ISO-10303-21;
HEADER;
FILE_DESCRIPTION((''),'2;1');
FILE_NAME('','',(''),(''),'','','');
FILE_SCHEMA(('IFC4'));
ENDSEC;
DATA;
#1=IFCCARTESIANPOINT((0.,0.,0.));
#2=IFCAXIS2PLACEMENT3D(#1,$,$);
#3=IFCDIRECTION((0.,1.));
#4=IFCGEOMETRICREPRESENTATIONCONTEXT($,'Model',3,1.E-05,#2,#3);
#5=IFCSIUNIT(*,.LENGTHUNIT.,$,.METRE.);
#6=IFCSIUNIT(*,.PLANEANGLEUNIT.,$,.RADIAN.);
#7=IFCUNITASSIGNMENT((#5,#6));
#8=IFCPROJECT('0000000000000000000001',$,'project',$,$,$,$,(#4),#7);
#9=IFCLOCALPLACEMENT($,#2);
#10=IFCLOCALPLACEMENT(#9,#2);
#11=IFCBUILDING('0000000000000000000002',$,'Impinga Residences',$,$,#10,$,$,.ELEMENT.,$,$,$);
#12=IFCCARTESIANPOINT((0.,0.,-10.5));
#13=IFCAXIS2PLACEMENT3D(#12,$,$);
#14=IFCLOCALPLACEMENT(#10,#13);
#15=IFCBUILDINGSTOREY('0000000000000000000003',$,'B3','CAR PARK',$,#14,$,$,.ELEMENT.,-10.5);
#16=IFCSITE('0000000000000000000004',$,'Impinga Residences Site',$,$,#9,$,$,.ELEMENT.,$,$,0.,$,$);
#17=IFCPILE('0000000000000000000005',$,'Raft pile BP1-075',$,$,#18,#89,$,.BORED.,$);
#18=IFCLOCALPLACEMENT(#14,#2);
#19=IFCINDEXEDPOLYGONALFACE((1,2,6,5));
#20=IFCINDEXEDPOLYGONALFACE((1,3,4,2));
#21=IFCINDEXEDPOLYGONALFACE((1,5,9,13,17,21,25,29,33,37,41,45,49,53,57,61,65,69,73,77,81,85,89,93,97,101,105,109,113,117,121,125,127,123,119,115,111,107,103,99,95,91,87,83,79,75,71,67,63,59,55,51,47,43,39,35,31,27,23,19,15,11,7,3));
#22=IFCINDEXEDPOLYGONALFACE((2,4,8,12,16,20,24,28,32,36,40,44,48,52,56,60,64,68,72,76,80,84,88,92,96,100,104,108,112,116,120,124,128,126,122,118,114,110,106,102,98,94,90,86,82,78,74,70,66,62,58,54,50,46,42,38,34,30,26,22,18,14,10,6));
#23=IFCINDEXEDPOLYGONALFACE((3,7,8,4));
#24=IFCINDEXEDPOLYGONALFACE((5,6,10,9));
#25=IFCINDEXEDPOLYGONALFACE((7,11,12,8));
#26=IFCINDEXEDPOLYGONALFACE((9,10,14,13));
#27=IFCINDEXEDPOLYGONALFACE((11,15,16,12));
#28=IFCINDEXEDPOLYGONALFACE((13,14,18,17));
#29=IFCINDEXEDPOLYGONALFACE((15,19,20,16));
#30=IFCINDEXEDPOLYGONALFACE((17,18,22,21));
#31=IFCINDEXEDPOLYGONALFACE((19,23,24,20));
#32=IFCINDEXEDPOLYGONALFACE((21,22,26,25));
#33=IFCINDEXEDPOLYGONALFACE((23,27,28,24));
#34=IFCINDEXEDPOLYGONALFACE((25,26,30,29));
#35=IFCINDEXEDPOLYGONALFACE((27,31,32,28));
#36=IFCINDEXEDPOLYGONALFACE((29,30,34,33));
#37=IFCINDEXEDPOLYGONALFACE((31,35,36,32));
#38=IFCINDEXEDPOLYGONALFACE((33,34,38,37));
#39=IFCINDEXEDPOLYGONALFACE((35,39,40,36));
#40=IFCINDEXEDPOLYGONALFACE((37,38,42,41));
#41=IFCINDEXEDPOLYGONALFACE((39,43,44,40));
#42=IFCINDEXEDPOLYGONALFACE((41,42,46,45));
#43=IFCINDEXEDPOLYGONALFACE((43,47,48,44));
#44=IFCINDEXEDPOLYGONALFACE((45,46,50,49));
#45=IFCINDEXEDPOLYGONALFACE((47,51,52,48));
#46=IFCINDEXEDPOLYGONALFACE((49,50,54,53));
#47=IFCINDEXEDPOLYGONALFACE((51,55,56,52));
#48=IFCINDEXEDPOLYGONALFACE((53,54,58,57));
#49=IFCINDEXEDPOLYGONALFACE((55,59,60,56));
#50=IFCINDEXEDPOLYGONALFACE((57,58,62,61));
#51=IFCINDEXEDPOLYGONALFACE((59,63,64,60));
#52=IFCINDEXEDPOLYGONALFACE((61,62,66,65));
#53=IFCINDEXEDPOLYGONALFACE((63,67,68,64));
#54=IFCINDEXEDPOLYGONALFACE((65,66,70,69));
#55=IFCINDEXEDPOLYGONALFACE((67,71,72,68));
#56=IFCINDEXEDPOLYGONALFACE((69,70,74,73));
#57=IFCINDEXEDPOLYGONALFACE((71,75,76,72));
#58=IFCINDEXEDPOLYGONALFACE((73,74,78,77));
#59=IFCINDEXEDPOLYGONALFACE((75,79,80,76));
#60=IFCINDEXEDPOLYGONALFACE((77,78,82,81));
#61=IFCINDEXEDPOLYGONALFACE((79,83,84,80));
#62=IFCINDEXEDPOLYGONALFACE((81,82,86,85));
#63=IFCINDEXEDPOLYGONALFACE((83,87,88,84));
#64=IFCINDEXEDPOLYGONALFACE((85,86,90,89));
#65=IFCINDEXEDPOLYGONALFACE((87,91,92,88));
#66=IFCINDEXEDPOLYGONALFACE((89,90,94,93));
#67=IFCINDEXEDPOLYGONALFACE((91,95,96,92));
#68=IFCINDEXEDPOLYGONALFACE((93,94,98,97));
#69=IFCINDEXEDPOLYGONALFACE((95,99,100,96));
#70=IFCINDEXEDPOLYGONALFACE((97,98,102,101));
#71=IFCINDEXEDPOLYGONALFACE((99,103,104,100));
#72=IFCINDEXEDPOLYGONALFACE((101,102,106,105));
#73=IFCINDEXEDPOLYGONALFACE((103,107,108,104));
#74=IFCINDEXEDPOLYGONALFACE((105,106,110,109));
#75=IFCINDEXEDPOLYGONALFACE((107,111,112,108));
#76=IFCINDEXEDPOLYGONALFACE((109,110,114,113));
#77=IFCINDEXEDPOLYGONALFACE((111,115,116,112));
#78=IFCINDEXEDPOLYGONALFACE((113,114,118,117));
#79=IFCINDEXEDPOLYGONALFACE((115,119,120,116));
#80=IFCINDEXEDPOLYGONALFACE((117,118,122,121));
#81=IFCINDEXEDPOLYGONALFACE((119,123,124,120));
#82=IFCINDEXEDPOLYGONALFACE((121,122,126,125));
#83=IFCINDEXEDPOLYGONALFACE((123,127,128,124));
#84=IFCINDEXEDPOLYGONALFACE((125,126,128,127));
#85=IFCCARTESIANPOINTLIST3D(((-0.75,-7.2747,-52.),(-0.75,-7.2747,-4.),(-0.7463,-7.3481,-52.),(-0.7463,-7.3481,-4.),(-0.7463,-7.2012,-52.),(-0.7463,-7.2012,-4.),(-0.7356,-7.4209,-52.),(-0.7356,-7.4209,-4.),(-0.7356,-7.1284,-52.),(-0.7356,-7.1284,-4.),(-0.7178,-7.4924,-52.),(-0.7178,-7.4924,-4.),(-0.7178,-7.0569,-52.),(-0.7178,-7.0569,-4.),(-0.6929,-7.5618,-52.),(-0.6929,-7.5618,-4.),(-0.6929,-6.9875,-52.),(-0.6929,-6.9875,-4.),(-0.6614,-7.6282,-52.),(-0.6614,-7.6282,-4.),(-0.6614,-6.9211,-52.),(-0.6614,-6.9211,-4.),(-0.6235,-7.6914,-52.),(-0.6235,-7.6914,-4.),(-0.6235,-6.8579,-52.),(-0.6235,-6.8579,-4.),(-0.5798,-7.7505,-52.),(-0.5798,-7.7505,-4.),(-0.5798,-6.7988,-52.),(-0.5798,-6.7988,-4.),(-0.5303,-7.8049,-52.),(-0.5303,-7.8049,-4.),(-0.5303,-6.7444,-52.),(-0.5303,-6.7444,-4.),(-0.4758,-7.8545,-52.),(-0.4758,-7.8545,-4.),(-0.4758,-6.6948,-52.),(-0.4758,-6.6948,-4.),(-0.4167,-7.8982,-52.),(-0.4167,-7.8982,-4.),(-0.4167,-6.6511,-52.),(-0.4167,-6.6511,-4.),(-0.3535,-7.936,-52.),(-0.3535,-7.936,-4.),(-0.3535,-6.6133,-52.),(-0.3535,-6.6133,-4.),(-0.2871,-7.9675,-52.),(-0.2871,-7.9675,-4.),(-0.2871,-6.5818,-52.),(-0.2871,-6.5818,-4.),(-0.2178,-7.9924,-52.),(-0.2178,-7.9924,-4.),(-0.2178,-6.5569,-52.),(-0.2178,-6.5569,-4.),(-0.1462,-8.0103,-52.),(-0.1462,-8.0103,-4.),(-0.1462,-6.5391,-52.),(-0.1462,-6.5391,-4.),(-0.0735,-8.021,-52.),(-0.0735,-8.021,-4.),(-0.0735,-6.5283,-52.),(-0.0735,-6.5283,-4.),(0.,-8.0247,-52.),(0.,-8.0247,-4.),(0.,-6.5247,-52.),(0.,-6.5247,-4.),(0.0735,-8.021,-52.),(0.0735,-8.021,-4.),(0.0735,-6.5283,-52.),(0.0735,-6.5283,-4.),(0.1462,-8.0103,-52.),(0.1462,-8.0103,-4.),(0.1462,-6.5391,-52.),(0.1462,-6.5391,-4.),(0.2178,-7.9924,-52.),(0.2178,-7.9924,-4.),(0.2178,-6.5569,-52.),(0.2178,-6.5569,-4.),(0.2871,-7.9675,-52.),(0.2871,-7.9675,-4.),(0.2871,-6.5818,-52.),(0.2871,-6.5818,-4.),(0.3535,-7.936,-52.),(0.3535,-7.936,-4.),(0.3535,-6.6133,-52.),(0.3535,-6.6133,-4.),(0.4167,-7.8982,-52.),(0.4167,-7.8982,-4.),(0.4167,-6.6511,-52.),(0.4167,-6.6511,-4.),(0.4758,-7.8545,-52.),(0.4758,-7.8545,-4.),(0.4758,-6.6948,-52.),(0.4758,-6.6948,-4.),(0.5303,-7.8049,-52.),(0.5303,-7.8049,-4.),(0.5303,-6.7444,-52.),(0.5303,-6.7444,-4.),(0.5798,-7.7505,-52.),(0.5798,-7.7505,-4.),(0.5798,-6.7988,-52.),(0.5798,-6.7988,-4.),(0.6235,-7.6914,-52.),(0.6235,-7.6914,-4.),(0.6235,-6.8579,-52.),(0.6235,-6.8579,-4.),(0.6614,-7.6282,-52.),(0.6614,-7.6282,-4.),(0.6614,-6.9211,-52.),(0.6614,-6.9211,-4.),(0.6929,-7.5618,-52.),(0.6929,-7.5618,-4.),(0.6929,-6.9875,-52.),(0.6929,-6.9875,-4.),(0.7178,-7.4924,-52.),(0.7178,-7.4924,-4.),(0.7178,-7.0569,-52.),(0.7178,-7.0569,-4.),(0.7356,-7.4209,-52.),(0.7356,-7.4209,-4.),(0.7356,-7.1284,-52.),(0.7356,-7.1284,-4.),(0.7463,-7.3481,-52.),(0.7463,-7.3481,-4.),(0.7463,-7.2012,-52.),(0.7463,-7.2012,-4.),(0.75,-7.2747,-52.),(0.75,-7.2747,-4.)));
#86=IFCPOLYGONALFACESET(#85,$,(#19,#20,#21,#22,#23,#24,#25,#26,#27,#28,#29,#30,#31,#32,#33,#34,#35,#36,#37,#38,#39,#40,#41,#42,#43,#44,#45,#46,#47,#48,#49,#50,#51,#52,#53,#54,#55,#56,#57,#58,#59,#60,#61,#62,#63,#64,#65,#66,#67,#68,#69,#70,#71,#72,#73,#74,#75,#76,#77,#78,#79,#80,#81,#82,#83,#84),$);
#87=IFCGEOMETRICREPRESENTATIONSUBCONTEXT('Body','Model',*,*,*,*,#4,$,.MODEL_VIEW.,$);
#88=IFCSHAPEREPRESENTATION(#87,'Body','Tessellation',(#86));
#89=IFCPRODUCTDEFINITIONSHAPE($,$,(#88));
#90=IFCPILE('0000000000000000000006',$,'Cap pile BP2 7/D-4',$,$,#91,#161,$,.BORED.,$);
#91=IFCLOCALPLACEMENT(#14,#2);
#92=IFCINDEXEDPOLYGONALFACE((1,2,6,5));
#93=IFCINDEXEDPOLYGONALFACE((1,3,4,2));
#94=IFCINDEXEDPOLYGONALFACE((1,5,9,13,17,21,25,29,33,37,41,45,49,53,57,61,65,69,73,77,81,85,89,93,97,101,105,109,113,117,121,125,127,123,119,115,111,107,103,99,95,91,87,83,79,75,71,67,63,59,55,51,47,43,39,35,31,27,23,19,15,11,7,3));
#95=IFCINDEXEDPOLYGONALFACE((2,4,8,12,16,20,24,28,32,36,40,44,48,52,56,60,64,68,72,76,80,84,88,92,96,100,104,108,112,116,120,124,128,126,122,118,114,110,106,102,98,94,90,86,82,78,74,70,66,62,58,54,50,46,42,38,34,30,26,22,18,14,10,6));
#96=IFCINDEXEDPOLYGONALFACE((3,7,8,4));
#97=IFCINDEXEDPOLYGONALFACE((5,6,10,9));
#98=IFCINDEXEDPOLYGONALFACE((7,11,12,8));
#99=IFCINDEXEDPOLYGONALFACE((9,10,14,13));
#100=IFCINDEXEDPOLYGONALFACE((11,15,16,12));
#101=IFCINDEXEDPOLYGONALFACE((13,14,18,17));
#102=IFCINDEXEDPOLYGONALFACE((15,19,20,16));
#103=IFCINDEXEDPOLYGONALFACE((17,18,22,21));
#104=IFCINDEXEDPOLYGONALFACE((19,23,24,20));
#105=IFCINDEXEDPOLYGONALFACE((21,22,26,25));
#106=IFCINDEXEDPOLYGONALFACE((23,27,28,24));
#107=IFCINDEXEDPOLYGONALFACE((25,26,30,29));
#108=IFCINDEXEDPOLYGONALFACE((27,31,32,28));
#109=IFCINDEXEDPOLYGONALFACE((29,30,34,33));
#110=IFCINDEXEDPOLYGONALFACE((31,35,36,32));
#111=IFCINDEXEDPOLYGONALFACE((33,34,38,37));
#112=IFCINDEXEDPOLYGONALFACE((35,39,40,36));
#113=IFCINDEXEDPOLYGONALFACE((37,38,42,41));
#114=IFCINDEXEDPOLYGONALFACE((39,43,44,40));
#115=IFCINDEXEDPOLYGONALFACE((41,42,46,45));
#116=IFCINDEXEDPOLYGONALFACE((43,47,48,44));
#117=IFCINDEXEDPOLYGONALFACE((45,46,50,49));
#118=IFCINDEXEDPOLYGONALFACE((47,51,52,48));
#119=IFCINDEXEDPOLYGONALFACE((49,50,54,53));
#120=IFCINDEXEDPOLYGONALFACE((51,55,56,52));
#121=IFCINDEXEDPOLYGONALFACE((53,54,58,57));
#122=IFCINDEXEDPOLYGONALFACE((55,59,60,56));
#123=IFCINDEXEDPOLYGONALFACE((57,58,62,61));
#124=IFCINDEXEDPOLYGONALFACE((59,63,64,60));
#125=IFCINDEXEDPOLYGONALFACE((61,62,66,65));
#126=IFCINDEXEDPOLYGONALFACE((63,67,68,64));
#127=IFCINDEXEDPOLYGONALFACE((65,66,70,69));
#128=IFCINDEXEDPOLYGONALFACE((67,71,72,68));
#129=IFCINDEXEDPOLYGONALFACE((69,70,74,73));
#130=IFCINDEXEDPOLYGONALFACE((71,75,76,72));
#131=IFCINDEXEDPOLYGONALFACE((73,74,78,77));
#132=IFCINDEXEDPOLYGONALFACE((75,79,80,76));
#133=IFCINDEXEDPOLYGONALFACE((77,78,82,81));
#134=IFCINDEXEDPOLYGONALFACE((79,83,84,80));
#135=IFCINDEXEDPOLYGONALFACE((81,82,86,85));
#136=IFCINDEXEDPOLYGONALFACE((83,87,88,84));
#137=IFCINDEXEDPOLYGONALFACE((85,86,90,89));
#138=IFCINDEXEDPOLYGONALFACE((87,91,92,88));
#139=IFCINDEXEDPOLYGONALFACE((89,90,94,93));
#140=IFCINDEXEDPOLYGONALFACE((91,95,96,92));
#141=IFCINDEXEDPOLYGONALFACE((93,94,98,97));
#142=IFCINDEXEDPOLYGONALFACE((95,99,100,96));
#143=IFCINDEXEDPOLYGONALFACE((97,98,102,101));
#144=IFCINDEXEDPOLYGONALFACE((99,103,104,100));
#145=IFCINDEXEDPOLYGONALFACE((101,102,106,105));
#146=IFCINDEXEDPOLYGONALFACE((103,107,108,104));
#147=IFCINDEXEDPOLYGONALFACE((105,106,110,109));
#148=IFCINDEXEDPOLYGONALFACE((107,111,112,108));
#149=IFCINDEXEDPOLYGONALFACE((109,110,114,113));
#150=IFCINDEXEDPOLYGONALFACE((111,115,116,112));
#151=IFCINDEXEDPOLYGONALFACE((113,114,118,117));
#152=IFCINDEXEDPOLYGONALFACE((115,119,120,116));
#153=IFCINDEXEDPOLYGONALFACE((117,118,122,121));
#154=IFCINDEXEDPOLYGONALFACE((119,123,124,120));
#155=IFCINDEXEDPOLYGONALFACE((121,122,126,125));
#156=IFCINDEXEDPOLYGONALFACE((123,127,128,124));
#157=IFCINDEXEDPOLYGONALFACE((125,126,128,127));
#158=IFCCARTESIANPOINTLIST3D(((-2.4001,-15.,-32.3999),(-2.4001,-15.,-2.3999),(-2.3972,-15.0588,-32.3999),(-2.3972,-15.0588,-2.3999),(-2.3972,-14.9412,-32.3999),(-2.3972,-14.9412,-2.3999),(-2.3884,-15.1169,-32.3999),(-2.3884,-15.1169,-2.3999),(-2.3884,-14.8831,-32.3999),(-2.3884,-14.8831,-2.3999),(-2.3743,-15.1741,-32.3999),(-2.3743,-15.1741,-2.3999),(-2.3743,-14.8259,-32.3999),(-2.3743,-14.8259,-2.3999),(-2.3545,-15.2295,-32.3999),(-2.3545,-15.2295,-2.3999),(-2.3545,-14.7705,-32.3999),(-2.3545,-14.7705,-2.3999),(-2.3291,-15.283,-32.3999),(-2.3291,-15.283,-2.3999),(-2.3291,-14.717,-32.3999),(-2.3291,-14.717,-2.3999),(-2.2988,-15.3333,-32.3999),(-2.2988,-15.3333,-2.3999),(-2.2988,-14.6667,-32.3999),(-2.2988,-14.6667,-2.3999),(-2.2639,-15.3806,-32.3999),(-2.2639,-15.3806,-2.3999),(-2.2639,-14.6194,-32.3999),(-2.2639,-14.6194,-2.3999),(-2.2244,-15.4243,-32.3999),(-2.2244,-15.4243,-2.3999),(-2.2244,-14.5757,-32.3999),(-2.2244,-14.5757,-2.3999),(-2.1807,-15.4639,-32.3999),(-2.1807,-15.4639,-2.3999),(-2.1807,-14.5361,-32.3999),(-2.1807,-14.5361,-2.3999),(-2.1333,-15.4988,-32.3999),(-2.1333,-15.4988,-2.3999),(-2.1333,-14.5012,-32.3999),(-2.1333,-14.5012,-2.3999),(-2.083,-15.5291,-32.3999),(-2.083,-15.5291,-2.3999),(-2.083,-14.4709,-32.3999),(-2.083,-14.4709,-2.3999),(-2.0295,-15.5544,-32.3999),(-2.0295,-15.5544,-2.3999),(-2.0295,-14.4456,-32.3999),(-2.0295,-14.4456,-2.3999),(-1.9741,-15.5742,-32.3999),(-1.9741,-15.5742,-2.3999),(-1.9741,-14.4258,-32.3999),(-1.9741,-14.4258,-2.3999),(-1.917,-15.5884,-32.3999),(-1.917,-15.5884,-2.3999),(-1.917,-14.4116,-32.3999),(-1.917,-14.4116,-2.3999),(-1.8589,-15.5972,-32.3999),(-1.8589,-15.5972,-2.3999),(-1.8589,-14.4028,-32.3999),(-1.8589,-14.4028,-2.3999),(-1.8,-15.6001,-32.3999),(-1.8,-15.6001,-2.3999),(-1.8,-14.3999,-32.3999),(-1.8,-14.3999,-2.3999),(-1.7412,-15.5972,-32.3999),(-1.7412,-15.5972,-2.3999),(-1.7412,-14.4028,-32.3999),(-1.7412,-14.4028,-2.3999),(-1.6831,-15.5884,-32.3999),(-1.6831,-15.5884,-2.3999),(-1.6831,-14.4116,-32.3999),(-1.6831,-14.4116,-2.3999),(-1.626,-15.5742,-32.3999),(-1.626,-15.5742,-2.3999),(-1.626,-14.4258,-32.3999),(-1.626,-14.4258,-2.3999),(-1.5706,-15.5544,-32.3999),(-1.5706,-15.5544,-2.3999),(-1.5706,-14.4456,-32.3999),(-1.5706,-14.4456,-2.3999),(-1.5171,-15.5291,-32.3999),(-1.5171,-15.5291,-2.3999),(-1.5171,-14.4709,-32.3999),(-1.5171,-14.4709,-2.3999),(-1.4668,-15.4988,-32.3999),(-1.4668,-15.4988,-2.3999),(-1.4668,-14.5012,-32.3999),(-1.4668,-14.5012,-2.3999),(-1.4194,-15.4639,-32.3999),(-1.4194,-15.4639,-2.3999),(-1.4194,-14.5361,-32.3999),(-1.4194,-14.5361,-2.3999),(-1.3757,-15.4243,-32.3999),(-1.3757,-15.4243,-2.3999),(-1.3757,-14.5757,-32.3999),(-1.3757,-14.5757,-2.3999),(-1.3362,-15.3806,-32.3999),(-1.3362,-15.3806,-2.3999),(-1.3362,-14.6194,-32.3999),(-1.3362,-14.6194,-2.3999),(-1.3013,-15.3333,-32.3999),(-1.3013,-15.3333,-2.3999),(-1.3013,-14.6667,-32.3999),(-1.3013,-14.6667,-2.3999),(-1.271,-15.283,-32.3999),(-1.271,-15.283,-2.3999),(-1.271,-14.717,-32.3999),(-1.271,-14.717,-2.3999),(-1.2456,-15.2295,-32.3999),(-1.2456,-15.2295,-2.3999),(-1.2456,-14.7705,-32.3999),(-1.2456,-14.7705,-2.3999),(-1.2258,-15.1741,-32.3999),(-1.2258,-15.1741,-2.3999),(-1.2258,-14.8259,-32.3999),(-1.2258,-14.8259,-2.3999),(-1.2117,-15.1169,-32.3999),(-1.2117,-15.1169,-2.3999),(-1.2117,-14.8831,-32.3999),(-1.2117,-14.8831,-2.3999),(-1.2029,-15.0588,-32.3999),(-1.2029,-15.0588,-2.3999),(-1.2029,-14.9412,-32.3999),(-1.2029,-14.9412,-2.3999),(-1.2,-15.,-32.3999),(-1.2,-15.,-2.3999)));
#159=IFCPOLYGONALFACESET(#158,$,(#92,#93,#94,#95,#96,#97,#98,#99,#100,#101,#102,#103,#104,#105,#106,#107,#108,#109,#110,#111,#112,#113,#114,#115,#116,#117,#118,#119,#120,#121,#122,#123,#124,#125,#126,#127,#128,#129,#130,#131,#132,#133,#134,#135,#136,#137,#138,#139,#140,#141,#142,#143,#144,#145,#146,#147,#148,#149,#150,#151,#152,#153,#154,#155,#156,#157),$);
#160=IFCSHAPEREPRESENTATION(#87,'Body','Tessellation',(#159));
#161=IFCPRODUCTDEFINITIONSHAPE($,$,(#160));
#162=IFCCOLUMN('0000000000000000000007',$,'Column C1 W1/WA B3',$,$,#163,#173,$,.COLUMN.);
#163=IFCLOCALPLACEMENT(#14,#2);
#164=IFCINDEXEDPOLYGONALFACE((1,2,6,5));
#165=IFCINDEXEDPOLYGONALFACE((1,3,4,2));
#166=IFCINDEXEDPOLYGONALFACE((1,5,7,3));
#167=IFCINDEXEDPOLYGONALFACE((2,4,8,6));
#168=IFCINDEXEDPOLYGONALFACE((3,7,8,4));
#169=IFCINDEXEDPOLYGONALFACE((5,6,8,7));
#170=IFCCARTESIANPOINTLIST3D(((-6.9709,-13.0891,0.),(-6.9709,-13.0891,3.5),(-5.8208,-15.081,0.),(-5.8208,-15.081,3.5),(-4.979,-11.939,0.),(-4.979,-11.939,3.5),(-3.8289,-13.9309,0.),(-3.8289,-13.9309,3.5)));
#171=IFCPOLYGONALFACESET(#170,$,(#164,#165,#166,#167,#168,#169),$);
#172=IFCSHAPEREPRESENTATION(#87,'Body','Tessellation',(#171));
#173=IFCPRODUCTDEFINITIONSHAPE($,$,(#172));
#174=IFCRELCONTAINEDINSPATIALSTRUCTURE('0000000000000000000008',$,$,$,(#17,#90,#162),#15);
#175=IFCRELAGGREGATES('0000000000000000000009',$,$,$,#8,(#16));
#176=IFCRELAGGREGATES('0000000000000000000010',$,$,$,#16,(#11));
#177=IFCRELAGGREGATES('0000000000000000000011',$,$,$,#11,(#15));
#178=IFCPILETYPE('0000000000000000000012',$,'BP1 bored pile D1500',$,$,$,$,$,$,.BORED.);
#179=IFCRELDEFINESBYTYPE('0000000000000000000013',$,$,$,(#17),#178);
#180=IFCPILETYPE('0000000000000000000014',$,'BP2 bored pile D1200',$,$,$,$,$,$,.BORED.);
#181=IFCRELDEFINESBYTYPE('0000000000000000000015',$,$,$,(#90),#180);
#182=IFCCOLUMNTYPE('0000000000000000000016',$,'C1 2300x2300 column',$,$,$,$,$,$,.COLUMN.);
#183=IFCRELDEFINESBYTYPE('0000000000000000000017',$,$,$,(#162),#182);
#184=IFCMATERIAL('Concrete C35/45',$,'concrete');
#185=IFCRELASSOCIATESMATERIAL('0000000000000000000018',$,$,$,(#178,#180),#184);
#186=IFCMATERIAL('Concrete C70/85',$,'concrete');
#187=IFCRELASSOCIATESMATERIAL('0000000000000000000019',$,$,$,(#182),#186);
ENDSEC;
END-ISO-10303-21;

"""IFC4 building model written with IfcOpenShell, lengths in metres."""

from ifc_helpers import new_model, si_unit, direction, frame, origin, origin_2d, place, context, subcontext, project, spatial, polyline, rectangle, circle, outline, extrude, material, material_profile, profile_set, type_object, element, save


model = new_model("IFC4")

# Units and contexts
model_context = context("Model", 3, precision=1e-05, world=origin(), true_north=direction((0.0, 1.0)))
body_context = subcontext(model_context, "Body", "Model", "MODEL_VIEW")
ifc_project = project(units=[si_unit("LENGTHUNIT", "METRE"), si_unit("PLANEANGLEUNIT", "RADIAN")], contexts=[model_context])

# Site, building, storey
site_placement = place(None, origin())
site = spatial("IfcSite", under=ifc_project, at=site_placement, Name="Impinga Residences Site", CompositionType="ELEMENT", RefElevation=0.0)
building_placement = place(site_placement, origin())
building = spatial("IfcBuilding", under=site, at=building_placement, Name="Impinga Residences", CompositionType="ELEMENT")
storey_placement = place(building_placement, frame((0.0, 0.0, -10.5)))
storey = spatial("IfcBuildingStorey", under=building, at=storey_placement, Name="B3", Description="CAR PARK", CompositionType="ELEMENT", Elevation=-10.5)

# Piles
ifc_material_1 = material(Name="Concrete C35/45", Category="concrete")
ifc_material_profile_1 = material_profile(ifc_material_1, circle(Radius=0.75, at=origin_2d()), Name="D1500")
ifc_profile_set_1 = profile_set([ifc_material_profile_1], Name="Concrete C35/45")
pile_type_1 = type_object("IfcPileType", Name="BP1 bored pile D1500", PredefinedType="BORED", material=ifc_profile_set_1)
pile_1_placement = place(storey_placement, frame((0.0, -7.2747, -4.0), z_axis=(0.0, 0.0, -1.0), x_axis=(1.0, 0.0, 0.0)))
element("IfcPile", 1, at=pile_1_placement, inside=storey, type_object=pile_type_1, Name="Raft pile BP1-075", PredefinedType="BORED", context=body_context, shape_type="SweptSolid", body=[
    extrude(outline(polyline([(0.75, 0.0), (0.7463, 0.0735), (0.7356, 0.1462), (0.7178, 0.2178), (0.6929, 0.2871), (0.6614, 0.3535), (0.6235, 0.4167), (0.5798, 0.4758), (0.5303, 0.5303), (0.4758, 0.5798), (0.4167, 0.6235), (0.3535, 0.6614), (0.2871, 0.6929), (0.2178, 0.7178), (0.1462, 0.7356), (0.0735, 0.7463), (0.0, 0.75), (-0.0735, 0.7463), (-0.1462, 0.7356), (-0.2178, 0.7178), (-0.2871, 0.6929), (-0.3535, 0.6614), (-0.4167, 0.6235), (-0.4758, 0.5798), (-0.5303, 0.5303), (-0.5798, 0.4758), (-0.6235, 0.4167), (-0.6614, 0.3535), (-0.6929, 0.2871), (-0.7178, 0.2178), (-0.7356, 0.1462), (-0.7463, 0.0735), (-0.75, 0.0), (-0.7463, -0.0735), (-0.7356, -0.1462), (-0.7178, -0.2178), (-0.6929, -0.2871), (-0.6614, -0.3535), (-0.6235, -0.4167), (-0.5798, -0.4758), (-0.5303, -0.5303), (-0.4758, -0.5798), (-0.4167, -0.6235), (-0.3535, -0.6614), (-0.2871, -0.6929), (-0.2178, -0.7178), (-0.1462, -0.7356), (-0.0735, -0.7463), (0.0, -0.75), (0.0735, -0.7463), (0.1462, -0.7356), (0.2178, -0.7178), (0.2871, -0.6929), (0.3535, -0.6614), (0.4167, -0.6235), (0.4758, -0.5798), (0.5303, -0.5303), (0.5798, -0.4758), (0.6235, -0.4167), (0.6614, -0.3535), (0.6929, -0.2871), (0.7178, -0.2178), (0.7356, -0.1462), (0.7463, -0.0735), (0.75, 0.0)])), origin(), (0.0, 0.0, 1.0), 48.0),
])
ifc_material_profile_2 = material_profile(ifc_material_1, circle(Radius=0.6001, at=origin_2d()), Name="D1200")
ifc_profile_set_2 = profile_set([ifc_material_profile_2], Name="Concrete C35/45")
pile_type_2 = type_object("IfcPileType", Name="BP2 bored pile D1200", PredefinedType="BORED", material=ifc_profile_set_2)
pile_2_placement = place(storey_placement, frame((-1.8, -15.0, -2.3999), z_axis=(0.0, 0.0, -1.0), x_axis=(1.0, 0.0, 0.0)))
element("IfcPile", 2, at=pile_2_placement, inside=storey, type_object=pile_type_2, Name="Cap pile BP2 7/D-4", PredefinedType="BORED", context=body_context, shape_type="SweptSolid", body=[
    extrude(outline(polyline([(0.6001, 0.0), (0.5972, 0.0588), (0.5884, 0.1169), (0.5742, 0.1741), (0.5544, 0.2295), (0.5291, 0.283), (0.4988, 0.3333), (0.4639, 0.3806), (0.4243, 0.4243), (0.3806, 0.4639), (0.3333, 0.4988), (0.283, 0.5291), (0.2295, 0.5544), (0.1741, 0.5742), (0.1169, 0.5884), (0.0588, 0.5972), (0.0, 0.6001), (-0.0588, 0.5972), (-0.1169, 0.5884), (-0.1741, 0.5742), (-0.2295, 0.5544), (-0.283, 0.5291), (-0.3333, 0.4988), (-0.3806, 0.4639), (-0.4243, 0.4243), (-0.4639, 0.3806), (-0.4988, 0.3333), (-0.5291, 0.283), (-0.5544, 0.2295), (-0.5742, 0.1741), (-0.5884, 0.1169), (-0.5972, 0.0588), (-0.6001, 0.0), (-0.5972, -0.0588), (-0.5884, -0.1169), (-0.5742, -0.1741), (-0.5544, -0.2295), (-0.5291, -0.283), (-0.4988, -0.3333), (-0.4639, -0.3806), (-0.4243, -0.4243), (-0.3806, -0.4639), (-0.3333, -0.4988), (-0.283, -0.5291), (-0.2295, -0.5544), (-0.1741, -0.5742), (-0.1169, -0.5884), (-0.0588, -0.5972), (0.0, -0.6001), (0.0588, -0.5972), (0.1169, -0.5884), (0.1741, -0.5742), (0.2295, -0.5544), (0.283, -0.5291), (0.3333, -0.4988), (0.3806, -0.4639), (0.4243, -0.4243), (0.4639, -0.3806), (0.4988, -0.3333), (0.5291, -0.283), (0.5544, -0.2295), (0.5742, -0.1741), (0.5884, -0.1169), (0.5972, -0.0588), (0.6001, 0.0)])), origin(), (0.0, 0.0, 1.0), 30.0),
])

# Column
ifc_material_2 = material(Name="Concrete C70/85", Category="concrete")
ifc_material_profile_3 = material_profile(ifc_material_2, rectangle(XDim=2.3, YDim=2.3, at=origin_2d()), Name="RC 2300x2300")
ifc_profile_set_3 = profile_set([ifc_material_profile_3], Name="Concrete C70/85")
column_type = type_object("IfcColumnType", Name="C1 2300x2300 column", PredefinedType="COLUMN", material=ifc_profile_set_3)
column_placement = place(storey_placement, frame((-5.3999, -13.51, 0.0), z_axis=(0.0, 0.0, 1.0), x_axis=(-0.5, 0.866025, 0.0)))
element("IfcColumn", 3, at=column_placement, inside=storey, type_object=column_type, Name="Column C1 W1/WA B3", PredefinedType="COLUMN", context=body_context, shape_type="SweptSolid", body=[
    extrude(rectangle(XDim=2.3, YDim=2.3, at=origin_2d()), origin(), (0.0, 0.0, 1.0), 3.5),
])

save(model, "model.ifc")
